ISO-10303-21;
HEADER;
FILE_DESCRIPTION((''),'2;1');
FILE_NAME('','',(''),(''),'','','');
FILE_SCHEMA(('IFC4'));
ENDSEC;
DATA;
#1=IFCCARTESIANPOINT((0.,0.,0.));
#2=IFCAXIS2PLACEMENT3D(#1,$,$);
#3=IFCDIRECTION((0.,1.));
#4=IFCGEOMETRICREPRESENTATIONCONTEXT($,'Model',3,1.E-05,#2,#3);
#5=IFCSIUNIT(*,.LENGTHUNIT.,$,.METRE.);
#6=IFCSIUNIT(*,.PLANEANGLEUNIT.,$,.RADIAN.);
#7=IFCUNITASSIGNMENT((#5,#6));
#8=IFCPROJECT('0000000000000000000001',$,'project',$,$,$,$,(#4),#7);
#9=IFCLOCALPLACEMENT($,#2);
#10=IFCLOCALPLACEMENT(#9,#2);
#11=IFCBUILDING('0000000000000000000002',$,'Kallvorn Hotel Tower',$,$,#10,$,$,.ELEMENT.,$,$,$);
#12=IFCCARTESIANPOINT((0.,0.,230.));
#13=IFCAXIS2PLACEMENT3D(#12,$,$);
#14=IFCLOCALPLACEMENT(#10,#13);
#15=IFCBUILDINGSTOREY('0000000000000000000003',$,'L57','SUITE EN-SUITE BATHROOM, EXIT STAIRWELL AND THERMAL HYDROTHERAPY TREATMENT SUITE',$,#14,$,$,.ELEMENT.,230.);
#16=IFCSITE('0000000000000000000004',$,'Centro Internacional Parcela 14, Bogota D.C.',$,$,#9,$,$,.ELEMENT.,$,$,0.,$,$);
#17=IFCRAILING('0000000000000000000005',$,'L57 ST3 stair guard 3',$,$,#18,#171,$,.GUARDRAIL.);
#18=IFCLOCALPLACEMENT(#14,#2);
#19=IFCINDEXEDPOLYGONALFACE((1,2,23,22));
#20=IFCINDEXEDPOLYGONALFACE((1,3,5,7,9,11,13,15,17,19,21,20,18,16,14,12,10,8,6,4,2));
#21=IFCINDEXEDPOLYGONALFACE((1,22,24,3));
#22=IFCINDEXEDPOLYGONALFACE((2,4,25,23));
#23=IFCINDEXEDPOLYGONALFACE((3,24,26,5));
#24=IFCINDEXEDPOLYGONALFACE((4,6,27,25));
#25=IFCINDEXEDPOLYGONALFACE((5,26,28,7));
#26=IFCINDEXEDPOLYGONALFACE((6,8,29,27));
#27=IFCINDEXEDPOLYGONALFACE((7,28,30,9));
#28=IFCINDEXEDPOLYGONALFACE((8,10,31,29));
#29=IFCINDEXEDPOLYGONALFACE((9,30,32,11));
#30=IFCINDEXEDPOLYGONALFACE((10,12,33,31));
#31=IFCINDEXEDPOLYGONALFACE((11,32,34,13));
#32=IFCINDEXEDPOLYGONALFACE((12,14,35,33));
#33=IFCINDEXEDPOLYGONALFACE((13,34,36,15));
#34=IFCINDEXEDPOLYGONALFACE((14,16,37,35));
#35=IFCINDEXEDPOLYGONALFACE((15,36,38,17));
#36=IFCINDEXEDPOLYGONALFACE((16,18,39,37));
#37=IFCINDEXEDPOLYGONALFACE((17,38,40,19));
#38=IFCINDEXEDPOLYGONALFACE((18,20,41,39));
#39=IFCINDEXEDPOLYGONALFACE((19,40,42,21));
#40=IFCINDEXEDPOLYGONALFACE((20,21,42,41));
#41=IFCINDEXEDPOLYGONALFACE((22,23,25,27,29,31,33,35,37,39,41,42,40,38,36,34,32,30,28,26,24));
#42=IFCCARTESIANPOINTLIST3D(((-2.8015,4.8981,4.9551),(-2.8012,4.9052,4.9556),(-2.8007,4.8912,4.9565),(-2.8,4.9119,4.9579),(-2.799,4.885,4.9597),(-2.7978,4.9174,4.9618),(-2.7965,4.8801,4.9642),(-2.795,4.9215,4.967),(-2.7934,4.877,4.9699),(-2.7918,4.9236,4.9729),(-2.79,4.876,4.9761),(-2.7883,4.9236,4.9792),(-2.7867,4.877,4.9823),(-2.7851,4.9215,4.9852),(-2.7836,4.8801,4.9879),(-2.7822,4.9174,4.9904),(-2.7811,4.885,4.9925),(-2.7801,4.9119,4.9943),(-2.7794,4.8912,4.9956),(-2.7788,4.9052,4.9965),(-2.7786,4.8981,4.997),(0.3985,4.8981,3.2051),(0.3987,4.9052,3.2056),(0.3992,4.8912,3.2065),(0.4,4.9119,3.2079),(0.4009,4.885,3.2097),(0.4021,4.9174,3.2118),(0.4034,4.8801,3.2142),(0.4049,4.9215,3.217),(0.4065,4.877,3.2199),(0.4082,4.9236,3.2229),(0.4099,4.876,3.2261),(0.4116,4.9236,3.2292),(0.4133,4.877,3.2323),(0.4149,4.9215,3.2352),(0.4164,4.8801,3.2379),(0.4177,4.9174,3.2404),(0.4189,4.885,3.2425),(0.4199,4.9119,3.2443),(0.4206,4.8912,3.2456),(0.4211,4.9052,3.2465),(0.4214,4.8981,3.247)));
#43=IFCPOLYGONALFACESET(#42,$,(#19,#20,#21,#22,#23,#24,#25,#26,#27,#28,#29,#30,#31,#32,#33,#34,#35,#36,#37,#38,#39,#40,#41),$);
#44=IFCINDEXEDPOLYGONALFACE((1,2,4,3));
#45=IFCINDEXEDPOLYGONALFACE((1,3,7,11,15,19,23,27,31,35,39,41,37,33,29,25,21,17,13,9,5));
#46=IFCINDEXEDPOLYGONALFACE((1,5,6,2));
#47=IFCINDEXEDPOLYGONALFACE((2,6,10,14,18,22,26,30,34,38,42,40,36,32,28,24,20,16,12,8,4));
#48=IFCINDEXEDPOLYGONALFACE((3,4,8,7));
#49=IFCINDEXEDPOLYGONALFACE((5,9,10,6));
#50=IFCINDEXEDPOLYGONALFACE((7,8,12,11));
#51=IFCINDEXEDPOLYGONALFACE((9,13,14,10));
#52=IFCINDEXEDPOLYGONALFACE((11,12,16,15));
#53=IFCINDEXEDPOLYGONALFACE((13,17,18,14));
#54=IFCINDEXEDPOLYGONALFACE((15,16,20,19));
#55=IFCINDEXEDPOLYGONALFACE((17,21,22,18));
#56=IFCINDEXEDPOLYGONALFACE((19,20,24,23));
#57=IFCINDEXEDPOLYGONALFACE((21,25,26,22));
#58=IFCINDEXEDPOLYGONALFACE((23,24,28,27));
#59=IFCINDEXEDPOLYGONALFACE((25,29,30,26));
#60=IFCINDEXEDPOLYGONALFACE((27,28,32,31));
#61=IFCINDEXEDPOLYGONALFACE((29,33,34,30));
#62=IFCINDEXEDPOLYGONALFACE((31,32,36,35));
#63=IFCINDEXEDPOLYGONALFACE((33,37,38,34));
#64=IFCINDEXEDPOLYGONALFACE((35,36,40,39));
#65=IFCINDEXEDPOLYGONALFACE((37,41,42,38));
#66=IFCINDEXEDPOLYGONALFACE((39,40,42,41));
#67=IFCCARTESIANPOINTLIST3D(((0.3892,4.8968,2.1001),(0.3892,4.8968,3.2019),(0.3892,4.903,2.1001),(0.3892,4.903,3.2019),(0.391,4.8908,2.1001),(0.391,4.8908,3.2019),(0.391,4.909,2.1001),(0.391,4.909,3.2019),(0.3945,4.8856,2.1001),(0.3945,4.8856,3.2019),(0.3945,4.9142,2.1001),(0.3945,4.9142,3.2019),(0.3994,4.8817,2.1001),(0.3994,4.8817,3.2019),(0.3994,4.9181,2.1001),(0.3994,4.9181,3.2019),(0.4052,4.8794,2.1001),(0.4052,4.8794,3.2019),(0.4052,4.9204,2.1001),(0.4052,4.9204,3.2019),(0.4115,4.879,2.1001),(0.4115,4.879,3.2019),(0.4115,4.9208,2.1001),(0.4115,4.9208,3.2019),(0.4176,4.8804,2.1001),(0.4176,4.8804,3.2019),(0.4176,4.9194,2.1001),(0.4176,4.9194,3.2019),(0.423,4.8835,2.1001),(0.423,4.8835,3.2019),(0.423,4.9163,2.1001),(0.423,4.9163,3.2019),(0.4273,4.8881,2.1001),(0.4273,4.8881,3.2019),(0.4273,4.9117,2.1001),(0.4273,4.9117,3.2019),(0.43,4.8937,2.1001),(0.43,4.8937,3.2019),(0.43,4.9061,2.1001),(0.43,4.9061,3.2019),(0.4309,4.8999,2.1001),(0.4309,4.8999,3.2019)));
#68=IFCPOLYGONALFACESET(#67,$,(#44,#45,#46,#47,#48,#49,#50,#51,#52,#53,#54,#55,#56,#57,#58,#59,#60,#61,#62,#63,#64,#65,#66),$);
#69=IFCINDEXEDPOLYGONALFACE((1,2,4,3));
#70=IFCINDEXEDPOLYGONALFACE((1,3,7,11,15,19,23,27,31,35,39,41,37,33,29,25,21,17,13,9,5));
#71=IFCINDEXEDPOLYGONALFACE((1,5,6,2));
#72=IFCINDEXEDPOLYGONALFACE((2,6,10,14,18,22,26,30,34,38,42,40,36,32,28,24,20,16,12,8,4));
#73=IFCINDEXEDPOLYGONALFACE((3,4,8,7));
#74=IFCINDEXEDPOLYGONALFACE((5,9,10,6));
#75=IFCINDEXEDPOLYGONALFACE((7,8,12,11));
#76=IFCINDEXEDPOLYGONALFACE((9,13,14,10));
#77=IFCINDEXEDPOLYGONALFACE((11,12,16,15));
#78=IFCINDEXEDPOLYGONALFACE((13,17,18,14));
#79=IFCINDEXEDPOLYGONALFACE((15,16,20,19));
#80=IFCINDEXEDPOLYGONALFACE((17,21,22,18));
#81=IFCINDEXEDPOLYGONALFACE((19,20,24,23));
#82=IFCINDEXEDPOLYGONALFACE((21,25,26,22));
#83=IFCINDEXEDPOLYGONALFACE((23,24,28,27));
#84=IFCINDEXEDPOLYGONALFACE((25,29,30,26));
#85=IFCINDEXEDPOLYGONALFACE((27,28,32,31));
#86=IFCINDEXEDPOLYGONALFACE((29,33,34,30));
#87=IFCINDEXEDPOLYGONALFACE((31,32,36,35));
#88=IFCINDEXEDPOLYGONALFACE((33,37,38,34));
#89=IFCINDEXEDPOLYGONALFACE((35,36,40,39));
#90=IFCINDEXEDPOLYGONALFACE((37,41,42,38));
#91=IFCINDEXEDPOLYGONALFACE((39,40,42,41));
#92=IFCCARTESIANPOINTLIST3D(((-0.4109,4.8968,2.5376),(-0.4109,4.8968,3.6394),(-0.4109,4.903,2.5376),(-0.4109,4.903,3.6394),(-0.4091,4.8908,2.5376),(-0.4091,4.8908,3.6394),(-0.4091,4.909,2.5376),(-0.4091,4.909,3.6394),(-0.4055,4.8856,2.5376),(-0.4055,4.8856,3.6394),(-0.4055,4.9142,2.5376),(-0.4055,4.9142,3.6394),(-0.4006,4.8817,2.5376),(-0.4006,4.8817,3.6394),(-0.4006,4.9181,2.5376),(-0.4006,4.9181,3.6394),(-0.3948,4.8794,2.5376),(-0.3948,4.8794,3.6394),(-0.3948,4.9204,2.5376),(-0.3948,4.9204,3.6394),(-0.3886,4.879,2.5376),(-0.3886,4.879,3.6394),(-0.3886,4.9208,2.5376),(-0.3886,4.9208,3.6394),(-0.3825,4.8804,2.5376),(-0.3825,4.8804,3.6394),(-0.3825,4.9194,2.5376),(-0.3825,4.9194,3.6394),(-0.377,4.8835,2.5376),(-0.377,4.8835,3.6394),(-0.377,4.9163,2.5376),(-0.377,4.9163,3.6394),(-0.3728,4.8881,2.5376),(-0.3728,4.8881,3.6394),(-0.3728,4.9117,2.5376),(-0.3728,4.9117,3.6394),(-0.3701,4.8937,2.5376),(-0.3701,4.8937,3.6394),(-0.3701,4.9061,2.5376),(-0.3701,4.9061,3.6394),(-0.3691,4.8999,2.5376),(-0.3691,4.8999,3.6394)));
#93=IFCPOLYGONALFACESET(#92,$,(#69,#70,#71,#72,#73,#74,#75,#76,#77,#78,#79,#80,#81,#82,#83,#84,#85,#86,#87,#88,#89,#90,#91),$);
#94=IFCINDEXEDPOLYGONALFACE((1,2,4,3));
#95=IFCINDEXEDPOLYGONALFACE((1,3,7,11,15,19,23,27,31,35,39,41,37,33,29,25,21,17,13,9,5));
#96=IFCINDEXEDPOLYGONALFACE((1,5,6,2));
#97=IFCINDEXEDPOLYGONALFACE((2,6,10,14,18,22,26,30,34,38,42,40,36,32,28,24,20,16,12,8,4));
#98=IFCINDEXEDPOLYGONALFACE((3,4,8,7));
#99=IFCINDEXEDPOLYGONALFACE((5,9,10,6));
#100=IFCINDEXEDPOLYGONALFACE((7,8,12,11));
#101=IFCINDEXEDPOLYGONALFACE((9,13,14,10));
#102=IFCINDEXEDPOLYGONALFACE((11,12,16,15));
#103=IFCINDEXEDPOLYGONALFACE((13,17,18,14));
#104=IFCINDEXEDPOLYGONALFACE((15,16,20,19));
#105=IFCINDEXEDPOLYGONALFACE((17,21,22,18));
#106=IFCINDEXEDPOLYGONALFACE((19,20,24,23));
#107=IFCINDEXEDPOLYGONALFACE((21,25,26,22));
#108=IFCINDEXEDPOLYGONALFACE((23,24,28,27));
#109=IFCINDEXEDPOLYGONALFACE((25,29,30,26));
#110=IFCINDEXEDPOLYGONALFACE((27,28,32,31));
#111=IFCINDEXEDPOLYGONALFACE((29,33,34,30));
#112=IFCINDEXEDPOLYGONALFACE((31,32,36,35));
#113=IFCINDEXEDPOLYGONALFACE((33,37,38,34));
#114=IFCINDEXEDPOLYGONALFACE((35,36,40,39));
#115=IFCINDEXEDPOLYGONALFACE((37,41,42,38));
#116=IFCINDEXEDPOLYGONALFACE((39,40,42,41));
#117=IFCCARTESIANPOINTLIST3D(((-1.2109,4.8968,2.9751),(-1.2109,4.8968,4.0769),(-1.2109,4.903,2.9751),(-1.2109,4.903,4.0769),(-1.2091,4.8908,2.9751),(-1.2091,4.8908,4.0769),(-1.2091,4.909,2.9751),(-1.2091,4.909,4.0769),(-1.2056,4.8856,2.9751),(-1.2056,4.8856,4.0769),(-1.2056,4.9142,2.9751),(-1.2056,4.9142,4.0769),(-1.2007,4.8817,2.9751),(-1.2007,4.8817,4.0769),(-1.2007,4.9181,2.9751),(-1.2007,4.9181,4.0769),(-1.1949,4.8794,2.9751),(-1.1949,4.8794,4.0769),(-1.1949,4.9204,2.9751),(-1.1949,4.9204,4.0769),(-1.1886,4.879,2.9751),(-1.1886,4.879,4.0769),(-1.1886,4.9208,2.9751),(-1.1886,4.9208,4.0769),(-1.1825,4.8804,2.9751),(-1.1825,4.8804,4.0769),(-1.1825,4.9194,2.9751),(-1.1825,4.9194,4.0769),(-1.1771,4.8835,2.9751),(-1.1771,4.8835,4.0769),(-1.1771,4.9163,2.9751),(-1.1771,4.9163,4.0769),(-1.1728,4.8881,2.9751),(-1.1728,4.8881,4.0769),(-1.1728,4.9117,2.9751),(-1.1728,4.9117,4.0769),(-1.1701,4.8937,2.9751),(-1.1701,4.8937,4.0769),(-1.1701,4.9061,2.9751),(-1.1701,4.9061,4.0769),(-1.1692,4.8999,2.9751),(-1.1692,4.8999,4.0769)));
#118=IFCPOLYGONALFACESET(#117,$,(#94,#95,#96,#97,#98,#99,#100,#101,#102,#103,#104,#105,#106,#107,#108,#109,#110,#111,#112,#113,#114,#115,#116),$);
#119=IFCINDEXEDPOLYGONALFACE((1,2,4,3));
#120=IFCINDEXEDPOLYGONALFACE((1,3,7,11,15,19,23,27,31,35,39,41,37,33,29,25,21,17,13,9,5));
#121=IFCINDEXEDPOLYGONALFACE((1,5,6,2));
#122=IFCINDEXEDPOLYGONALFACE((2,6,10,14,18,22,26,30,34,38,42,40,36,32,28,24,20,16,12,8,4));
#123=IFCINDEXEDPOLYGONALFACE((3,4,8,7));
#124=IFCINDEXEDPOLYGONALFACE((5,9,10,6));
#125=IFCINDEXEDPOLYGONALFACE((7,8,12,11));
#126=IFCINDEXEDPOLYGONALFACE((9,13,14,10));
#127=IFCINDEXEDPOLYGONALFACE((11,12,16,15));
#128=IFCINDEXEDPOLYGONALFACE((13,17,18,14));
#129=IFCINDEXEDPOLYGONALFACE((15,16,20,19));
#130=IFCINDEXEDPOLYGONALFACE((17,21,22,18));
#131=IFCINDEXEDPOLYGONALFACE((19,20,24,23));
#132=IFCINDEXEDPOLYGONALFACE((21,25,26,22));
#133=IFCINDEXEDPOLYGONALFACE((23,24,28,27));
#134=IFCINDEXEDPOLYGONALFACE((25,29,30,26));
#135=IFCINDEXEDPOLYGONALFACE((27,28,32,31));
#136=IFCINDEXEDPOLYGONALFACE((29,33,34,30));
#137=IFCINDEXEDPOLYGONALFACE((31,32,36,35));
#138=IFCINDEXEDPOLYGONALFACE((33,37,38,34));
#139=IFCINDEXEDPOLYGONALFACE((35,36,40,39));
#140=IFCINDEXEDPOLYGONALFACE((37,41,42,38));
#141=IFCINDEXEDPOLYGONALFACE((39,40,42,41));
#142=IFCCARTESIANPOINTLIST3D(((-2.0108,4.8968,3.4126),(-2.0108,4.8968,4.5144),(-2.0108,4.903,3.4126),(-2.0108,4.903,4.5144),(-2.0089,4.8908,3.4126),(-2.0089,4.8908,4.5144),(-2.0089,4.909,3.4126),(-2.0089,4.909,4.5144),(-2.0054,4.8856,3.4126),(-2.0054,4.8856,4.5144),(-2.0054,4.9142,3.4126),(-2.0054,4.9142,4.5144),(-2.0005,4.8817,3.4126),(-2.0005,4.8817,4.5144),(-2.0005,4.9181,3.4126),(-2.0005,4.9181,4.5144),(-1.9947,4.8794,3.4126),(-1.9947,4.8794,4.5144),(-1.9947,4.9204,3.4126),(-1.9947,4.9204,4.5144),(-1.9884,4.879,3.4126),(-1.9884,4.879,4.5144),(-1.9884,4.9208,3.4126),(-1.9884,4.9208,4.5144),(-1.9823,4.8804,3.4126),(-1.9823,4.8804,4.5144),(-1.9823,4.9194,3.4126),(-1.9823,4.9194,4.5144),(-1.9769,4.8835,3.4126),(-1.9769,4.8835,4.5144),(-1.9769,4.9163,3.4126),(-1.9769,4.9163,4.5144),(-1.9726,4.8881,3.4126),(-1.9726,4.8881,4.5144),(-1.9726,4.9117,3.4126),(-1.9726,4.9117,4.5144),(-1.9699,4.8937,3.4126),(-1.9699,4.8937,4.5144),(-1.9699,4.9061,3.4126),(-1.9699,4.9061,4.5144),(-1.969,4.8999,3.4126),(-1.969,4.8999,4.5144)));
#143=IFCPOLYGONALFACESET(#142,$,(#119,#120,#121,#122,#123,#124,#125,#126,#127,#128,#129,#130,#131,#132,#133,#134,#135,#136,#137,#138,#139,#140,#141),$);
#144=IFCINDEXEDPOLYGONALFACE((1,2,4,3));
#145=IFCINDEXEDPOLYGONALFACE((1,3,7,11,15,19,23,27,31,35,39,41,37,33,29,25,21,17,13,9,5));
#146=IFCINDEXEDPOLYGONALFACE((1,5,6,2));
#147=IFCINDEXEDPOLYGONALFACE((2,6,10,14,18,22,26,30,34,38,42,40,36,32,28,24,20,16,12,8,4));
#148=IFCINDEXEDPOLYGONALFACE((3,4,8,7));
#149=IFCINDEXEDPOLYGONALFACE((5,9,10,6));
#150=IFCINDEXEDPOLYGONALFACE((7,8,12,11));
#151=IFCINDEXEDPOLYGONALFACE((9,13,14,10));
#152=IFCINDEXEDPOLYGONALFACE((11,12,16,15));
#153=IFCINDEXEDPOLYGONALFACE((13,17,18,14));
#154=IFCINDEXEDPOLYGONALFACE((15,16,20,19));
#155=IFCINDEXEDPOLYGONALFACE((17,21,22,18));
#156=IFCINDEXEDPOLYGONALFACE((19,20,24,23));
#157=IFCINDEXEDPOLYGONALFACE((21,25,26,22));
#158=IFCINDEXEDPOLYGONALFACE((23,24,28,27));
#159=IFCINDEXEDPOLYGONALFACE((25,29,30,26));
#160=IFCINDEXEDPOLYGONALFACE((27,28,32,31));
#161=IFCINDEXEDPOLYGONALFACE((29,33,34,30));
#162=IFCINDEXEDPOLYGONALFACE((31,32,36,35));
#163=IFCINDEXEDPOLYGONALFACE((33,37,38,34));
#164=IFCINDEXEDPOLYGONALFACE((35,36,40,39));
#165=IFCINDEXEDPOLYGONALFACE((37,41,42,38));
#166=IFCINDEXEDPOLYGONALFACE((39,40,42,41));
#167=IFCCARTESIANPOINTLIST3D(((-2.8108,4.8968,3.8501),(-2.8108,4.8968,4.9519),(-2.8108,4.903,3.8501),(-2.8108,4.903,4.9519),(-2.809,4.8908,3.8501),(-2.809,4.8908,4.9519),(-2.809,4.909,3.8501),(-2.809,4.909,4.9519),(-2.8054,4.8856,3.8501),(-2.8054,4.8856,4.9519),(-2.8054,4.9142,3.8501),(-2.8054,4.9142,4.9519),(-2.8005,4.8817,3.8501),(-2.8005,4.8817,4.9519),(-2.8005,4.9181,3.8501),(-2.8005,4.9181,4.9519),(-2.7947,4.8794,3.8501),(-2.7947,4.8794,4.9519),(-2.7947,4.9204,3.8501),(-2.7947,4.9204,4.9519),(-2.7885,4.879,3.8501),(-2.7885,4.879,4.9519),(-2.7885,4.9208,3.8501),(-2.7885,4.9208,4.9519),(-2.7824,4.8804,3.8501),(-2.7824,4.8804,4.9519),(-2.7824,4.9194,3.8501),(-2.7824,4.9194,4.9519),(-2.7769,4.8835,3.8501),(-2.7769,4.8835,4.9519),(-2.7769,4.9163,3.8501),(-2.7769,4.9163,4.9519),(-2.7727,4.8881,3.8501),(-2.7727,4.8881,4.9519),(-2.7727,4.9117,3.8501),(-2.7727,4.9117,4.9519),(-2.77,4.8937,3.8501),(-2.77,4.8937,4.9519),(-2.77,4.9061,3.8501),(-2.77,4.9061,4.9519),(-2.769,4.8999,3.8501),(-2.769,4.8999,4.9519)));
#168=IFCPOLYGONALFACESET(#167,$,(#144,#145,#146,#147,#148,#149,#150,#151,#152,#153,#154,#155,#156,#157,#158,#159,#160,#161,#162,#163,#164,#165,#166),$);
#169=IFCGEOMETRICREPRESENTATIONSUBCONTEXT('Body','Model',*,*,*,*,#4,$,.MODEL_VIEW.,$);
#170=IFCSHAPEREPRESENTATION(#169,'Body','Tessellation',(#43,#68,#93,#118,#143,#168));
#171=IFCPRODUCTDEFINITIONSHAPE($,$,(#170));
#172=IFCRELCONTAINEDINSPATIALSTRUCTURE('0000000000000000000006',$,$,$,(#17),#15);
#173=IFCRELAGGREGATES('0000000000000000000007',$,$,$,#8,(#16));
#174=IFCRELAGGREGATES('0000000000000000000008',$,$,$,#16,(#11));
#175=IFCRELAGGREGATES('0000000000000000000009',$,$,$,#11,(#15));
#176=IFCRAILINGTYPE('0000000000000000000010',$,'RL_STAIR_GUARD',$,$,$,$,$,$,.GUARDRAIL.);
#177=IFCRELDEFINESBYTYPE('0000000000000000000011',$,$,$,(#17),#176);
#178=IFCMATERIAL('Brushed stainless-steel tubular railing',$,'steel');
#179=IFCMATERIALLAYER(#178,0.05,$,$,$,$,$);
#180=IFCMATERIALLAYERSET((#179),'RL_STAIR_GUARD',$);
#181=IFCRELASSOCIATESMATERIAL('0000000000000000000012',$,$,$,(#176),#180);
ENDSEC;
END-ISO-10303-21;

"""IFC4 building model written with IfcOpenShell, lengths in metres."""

from ifc_helpers import new_model, si_unit, direction, frame, origin, origin_2d, place, context, subcontext, project, spatial, circle, extrude, material, layer, layer_set, type_object, element, save


model = new_model("IFC4")

# Units and contexts
model_context = context("Model", 3, precision=1e-05, world=origin(), true_north=direction((0.0, 1.0)))
body_context = subcontext(model_context, "Body", "Model", "MODEL_VIEW")
ifc_project = project(units=[si_unit("LENGTHUNIT", "METRE"), si_unit("PLANEANGLEUNIT", "RADIAN")], contexts=[model_context])

# Site, building, storey
site_placement = place(None, origin())
site = spatial("IfcSite", under=ifc_project, at=site_placement, Name="Centro Internacional Parcela 14, Bogota D.C.", CompositionType="ELEMENT", RefElevation=0.0)
building_placement = place(site_placement, origin())
building = spatial("IfcBuilding", under=site, at=building_placement, Name="Kallvorn Hotel Tower", CompositionType="ELEMENT")
storey_placement = place(building_placement, frame((0.0, 0.0, 230.0)))
storey = spatial("IfcBuildingStorey", under=building, at=storey_placement, Name="L57", Description="SUITE EN-SUITE BATHROOM, EXIT STAIRWELL AND THERMAL HYDROTHERAPY TREATMENT SUITE", CompositionType="ELEMENT", Elevation=230.0)

# Railing
ifc_material_1 = material(Name="Brushed stainless-steel tubular railing", Category="steel")
ifc_layer_1 = layer(ifc_material_1, 0.05)
ifc_layer_set_1 = layer_set([ifc_layer_1], Name="RL_STAIR_GUARD")
railing_type_1 = type_object("IfcRailingType", Name="RL_STAIR_GUARD", PredefinedType="GUARDRAIL", material=ifc_layer_set_1)
railing_1_placement = place(storey_placement, frame((0.4099, 4.8999, 2.1001)))
element("IfcRailing", 1, at=railing_1_placement, inside=storey, type_object=railing_type_1, Name="L57 ST3 stair guard 3", PredefinedType="GUARDRAIL", context=body_context, shape_type="SweptSolid", body=[
    extrude(circle(Radius=0.0239, at=origin_2d()), frame((0.0, 0.0, 1.126), z_axis=(-0.877368, 0.0, 0.479818), x_axis=(0.0, -1.0, 0.0)), (0.0, 0.0, 1.0), 3.6472),
    extrude(circle(Radius=0.021, at=origin_2d()), origin(), (0.0, 0.0, 1.0), 1.1018),
    extrude(circle(Radius=0.021, at=origin_2d()), frame((-0.8, 0.0, 0.4375)), (0.0, 0.0, 1.0), 1.1018),
    extrude(circle(Radius=0.021, at=origin_2d()), frame((-1.6001, 0.0, 0.875)), (0.0, 0.0, 1.0), 1.1018),
    extrude(circle(Radius=0.021, at=origin_2d()), frame((-2.3999, 0.0, 1.3125)), (0.0, 0.0, 1.0), 1.1018),
    extrude(circle(Radius=0.021, at=origin_2d()), frame((-3.2, 0.0, 1.75)), (0.0, 0.0, 1.0), 1.1018),
])

save(model, "model.ifc")
